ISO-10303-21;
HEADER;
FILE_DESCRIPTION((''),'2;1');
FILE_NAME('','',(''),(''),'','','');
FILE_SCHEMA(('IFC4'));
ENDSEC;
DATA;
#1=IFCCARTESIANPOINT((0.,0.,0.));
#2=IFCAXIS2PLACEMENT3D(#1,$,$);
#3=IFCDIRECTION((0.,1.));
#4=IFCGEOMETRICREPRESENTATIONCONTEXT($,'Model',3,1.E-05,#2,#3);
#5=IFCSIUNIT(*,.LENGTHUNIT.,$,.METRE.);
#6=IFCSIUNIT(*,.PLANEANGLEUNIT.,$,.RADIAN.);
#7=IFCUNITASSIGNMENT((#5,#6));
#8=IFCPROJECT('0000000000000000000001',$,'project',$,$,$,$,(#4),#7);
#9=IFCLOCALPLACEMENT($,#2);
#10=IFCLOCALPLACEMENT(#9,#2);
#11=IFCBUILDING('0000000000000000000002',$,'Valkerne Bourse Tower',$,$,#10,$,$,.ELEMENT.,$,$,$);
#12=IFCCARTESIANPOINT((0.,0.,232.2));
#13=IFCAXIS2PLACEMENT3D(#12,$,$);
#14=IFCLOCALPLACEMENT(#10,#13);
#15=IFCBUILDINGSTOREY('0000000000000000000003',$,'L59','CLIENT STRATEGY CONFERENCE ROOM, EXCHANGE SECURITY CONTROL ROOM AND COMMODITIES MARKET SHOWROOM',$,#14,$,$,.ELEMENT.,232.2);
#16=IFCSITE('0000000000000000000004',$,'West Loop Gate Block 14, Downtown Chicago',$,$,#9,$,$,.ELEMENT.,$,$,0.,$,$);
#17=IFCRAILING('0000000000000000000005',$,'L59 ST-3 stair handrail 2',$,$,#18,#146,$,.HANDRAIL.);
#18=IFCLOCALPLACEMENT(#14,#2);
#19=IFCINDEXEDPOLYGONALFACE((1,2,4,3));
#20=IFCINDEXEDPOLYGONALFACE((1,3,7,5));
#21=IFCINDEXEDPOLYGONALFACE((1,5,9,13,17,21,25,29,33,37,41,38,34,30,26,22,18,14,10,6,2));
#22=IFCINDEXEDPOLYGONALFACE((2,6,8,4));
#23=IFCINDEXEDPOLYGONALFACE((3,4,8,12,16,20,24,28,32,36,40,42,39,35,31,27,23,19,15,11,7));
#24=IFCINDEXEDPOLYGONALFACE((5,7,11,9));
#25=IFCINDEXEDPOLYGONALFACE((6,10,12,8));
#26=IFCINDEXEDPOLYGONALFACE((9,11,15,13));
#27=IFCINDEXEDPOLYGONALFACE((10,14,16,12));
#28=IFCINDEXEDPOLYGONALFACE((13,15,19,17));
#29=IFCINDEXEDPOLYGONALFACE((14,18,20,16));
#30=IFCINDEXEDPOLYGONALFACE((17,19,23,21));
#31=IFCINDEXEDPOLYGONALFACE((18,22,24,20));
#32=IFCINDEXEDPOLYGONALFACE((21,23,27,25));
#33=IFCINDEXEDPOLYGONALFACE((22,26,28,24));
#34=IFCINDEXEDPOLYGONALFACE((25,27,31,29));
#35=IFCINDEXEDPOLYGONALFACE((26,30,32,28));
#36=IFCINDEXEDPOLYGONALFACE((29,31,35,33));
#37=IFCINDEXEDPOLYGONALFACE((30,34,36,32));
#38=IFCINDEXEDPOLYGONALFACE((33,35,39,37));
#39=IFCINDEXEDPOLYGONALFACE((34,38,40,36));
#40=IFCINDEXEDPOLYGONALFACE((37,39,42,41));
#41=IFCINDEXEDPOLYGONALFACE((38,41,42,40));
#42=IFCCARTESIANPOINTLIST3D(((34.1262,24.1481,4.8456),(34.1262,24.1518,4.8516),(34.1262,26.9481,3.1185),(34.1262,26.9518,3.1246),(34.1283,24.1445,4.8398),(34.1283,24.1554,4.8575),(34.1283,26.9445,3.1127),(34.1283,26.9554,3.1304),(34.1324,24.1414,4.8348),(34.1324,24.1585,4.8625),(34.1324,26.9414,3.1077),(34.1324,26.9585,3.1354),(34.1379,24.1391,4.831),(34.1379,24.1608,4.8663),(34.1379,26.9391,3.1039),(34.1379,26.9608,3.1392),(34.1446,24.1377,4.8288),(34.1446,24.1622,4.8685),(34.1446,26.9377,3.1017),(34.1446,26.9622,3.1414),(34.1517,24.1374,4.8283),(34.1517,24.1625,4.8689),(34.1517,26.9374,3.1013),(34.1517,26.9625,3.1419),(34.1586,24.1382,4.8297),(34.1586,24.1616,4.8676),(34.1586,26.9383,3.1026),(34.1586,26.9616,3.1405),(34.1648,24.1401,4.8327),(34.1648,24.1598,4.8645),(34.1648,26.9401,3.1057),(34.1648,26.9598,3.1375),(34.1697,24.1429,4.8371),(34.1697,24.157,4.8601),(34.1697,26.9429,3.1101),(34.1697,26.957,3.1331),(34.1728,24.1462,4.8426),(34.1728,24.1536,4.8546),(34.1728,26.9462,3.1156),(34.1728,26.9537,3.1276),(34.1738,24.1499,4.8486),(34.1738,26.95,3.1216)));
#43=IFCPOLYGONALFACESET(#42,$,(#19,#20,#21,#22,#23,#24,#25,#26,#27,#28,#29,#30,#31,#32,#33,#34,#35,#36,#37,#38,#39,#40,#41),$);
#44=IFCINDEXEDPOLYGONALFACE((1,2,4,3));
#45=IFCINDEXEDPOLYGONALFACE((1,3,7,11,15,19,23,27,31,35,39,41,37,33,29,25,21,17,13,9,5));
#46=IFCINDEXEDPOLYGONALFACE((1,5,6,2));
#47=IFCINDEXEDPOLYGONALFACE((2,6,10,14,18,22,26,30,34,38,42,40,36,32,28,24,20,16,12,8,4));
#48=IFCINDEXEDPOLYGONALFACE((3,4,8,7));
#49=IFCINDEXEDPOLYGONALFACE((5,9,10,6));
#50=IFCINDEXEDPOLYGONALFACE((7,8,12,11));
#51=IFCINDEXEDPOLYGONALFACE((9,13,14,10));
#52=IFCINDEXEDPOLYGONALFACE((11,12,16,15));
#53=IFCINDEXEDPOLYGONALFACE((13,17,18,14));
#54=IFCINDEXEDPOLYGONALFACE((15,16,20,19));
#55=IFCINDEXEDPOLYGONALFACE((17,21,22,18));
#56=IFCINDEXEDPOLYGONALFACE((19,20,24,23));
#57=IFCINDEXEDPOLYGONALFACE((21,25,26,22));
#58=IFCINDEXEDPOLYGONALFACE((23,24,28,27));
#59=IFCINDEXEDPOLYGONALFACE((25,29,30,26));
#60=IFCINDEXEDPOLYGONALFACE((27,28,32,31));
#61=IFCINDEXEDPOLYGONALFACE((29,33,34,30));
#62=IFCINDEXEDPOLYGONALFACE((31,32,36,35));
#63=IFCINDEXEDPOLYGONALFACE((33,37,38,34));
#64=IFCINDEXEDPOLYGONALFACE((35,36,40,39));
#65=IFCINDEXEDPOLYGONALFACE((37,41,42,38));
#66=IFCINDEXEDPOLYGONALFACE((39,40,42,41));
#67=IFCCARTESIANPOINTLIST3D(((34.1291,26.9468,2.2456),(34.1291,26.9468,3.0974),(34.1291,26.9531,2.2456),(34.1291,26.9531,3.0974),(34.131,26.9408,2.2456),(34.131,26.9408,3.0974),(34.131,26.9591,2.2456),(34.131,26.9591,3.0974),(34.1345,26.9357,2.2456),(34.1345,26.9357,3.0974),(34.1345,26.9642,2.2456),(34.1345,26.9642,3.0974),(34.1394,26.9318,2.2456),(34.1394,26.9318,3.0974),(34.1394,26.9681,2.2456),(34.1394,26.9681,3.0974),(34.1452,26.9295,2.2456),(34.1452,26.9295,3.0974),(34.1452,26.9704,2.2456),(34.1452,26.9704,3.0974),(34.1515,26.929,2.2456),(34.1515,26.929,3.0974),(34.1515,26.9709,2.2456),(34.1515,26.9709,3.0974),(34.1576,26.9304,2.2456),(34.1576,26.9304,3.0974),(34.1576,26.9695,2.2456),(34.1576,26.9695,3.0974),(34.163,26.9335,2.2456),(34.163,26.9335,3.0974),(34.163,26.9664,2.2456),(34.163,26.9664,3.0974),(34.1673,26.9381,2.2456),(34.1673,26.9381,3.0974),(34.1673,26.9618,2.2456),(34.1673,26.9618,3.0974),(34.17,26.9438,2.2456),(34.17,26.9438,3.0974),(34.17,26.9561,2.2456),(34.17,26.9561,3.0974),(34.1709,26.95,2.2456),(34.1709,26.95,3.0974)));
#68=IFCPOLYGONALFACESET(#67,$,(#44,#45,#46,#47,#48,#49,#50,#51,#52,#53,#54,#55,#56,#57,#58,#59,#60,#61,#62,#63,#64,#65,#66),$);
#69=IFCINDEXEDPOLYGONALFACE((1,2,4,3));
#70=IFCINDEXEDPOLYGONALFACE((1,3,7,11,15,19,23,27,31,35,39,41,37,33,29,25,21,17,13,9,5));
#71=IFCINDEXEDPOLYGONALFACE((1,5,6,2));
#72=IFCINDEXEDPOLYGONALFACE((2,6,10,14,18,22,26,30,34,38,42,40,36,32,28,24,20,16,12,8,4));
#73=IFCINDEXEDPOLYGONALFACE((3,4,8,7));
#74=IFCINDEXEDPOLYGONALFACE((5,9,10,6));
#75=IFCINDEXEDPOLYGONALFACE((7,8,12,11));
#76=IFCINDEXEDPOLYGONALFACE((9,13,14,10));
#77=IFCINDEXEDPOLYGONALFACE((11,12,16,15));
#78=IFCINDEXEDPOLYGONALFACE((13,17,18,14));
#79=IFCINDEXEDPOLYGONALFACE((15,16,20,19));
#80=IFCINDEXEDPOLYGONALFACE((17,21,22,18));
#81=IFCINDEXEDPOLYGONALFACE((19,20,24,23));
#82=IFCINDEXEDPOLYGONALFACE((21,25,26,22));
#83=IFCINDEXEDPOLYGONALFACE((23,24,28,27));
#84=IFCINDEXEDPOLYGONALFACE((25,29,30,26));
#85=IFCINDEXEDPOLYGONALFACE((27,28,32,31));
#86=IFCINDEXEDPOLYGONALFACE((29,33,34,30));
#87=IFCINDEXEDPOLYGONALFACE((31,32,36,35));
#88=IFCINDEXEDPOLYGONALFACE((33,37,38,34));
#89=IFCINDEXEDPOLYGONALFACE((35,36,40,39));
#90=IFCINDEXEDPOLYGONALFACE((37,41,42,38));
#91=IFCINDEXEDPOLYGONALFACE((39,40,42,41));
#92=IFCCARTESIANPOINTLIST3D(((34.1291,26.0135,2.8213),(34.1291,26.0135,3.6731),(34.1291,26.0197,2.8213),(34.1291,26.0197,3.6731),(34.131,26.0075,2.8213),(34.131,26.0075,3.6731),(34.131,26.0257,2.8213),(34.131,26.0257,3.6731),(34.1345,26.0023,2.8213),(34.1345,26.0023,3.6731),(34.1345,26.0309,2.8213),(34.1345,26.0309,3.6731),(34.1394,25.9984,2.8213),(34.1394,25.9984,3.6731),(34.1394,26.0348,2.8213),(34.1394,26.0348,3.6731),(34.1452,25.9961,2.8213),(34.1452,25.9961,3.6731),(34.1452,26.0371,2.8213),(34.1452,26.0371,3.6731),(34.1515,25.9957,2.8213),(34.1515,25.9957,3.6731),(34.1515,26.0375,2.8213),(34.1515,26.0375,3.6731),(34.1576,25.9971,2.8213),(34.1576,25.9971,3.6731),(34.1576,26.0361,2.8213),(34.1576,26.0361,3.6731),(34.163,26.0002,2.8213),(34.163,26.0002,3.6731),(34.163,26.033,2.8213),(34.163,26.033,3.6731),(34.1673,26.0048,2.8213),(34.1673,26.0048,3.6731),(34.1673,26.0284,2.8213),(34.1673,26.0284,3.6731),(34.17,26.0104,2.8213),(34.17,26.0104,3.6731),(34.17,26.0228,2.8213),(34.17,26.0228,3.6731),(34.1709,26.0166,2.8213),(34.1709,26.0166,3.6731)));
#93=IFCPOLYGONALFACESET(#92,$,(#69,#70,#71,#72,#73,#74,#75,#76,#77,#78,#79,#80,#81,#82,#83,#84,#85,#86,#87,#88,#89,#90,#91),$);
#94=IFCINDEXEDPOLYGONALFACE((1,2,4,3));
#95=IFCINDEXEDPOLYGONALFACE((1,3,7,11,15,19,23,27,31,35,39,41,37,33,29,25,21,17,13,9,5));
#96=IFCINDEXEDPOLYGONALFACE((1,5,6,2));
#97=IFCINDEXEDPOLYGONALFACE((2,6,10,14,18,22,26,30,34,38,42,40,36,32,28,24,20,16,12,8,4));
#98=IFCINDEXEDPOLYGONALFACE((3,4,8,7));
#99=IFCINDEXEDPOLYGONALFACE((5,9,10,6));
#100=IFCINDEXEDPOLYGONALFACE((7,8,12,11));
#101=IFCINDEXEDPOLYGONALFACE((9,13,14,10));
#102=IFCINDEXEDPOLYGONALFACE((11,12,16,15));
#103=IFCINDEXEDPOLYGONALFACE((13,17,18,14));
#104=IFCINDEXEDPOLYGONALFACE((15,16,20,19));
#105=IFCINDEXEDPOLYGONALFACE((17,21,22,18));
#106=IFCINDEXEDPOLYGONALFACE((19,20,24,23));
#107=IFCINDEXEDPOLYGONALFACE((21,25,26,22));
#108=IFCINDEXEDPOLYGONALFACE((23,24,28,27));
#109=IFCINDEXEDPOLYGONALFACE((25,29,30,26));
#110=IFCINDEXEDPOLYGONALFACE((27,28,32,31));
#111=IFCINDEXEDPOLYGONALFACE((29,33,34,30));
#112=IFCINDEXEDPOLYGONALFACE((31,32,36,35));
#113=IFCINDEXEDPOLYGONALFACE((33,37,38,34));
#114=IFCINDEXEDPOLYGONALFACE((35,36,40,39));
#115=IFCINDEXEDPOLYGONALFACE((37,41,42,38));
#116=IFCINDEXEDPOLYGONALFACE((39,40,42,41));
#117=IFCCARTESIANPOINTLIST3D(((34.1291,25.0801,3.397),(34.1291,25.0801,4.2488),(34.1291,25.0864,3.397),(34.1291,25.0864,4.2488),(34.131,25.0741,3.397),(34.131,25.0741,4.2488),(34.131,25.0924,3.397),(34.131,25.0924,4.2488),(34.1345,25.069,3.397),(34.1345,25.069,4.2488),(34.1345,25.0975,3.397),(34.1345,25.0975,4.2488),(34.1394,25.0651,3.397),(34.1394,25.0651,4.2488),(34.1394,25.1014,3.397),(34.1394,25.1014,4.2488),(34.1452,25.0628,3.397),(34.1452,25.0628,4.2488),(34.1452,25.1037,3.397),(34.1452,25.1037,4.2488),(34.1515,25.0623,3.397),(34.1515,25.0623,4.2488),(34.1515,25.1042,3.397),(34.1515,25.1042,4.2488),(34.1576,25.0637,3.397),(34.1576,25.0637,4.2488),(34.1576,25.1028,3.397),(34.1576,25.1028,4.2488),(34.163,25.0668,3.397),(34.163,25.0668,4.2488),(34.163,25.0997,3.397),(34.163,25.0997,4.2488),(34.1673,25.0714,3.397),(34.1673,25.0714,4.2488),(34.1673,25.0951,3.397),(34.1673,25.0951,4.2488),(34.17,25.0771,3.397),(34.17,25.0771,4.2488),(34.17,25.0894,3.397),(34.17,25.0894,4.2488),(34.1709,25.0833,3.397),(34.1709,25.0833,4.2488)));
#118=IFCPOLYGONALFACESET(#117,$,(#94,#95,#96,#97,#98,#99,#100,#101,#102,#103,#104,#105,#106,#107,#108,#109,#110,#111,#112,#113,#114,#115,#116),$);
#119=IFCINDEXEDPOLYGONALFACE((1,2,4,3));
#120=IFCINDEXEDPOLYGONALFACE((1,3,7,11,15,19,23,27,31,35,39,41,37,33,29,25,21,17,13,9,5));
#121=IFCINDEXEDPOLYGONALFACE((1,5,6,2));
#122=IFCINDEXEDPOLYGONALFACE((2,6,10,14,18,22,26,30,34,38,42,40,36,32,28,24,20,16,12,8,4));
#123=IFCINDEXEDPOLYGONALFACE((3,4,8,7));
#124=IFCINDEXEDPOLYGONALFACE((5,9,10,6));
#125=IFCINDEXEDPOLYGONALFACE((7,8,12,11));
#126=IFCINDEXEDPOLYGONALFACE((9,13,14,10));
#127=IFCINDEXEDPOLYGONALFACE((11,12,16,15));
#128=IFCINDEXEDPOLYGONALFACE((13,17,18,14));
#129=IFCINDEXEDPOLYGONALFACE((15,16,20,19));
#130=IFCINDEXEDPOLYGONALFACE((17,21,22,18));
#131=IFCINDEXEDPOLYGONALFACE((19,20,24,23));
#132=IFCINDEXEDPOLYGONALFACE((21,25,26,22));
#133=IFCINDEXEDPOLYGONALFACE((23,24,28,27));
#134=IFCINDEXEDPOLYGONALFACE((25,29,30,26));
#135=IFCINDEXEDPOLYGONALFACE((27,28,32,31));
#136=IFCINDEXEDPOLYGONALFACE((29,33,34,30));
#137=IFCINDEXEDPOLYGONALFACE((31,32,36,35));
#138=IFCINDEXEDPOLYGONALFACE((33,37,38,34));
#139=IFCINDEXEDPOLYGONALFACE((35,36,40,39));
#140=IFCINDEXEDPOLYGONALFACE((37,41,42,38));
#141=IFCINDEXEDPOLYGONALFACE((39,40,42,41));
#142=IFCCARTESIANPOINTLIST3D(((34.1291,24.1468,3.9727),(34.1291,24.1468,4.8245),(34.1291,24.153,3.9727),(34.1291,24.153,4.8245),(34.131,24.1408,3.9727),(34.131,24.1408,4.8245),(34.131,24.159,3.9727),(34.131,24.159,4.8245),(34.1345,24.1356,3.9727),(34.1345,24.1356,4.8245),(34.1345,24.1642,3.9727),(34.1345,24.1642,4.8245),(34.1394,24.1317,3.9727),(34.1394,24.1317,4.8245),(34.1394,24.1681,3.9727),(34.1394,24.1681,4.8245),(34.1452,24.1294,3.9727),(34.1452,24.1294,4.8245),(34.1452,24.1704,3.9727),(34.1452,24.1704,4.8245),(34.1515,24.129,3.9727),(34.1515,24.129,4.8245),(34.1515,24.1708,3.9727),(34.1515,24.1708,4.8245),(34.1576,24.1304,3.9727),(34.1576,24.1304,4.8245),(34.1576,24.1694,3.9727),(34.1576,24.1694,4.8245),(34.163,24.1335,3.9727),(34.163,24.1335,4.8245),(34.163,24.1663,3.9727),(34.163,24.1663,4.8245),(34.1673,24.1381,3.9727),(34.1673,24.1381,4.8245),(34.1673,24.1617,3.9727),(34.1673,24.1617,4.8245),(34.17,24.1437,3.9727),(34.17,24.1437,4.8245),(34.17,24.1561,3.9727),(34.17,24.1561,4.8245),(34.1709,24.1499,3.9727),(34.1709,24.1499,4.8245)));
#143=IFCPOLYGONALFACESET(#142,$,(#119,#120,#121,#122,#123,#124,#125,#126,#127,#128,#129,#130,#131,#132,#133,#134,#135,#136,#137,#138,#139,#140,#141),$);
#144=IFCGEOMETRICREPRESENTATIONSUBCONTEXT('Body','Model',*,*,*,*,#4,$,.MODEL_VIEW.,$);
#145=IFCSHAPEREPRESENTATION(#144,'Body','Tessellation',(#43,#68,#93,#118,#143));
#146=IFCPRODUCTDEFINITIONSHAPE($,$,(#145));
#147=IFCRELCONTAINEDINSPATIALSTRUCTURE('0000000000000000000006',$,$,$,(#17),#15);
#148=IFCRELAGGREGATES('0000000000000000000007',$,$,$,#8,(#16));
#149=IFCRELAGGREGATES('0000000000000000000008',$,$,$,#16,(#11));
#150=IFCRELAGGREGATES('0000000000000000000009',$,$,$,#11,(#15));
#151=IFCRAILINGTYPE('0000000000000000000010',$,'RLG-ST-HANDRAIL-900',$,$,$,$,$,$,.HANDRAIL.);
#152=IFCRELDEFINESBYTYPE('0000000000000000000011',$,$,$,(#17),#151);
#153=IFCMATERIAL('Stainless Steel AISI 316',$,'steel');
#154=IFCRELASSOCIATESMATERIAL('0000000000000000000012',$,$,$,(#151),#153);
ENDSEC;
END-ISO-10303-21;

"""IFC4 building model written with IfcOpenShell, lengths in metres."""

from ifc_helpers import new_model, si_unit, direction, frame, origin, origin_2d, place, context, subcontext, project, spatial, circle, extrude, material, type_object, element, save


model = new_model("IFC4")

# Units and contexts
model_context = context("Model", 3, precision=1e-05, world=origin(), true_north=direction((0.0, 1.0)))
body_context = subcontext(model_context, "Body", "Model", "MODEL_VIEW")
ifc_project = project(units=[si_unit("LENGTHUNIT", "METRE"), si_unit("PLANEANGLEUNIT", "RADIAN")], contexts=[model_context])

# Site, building, storey
site_placement = place(None, origin())
site = spatial("IfcSite", under=ifc_project, at=site_placement, Name="West Loop Gate Block 14, Downtown Chicago", CompositionType="ELEMENT", RefElevation=0.0)
building_placement = place(site_placement, origin())
building = spatial("IfcBuilding", under=site, at=building_placement, Name="Valkerne Bourse Tower", CompositionType="ELEMENT")
storey_placement = place(building_placement, frame((0.0, 0.0, 232.2)))
storey = spatial("IfcBuildingStorey", under=building, at=storey_placement, Name="L59", Description="CLIENT STRATEGY CONFERENCE ROOM, EXCHANGE SECURITY CONTROL ROOM AND COMMODITIES MARKET SHOWROOM", CompositionType="ELEMENT", Elevation=232.2)

# Railing
ifc_material_1 = material(Name="Stainless Steel AISI 316", Category="steel")
railing_type_1 = type_object("IfcRailingType", Name="RLG-ST-HANDRAIL-900", PredefinedType="HANDRAIL", material=ifc_material_1)
railing_1_placement = place(storey_placement, frame((34.1499, 26.95, 2.2456)))
element("IfcRailing", 1, at=railing_1_placement, inside=storey, type_object=railing_type_1, Name="L59 ST-3 stair handrail 2", PredefinedType="HANDRAIL", context=body_context, shape_type="SweptSolid", body=[
    extrude(circle(Radius=0.0239, at=origin_2d()), frame((0.0, 0.0, 0.876), z_axis=(0.0, -0.851123, 0.524967), x_axis=(1.0, 0.0, 0.0)), (0.0, 0.0, 1.0), 3.2898),
    extrude(circle(Radius=0.021, at=origin_2d()), origin(), (0.0, 0.0, 1.0), 0.8518),
    extrude(circle(Radius=0.021, at=origin_2d()), frame((0.0, -0.9333, 0.5757)), (0.0, 0.0, 1.0), 0.8518),
    extrude(circle(Radius=0.021, at=origin_2d()), frame((0.0, -1.8667, 1.1514)), (0.0, 0.0, 1.0), 0.8518),
    extrude(circle(Radius=0.021, at=origin_2d()), frame((0.0, -2.8, 1.7271)), (0.0, 0.0, 1.0), 0.8518),
])

save(model, "model.ifc")
